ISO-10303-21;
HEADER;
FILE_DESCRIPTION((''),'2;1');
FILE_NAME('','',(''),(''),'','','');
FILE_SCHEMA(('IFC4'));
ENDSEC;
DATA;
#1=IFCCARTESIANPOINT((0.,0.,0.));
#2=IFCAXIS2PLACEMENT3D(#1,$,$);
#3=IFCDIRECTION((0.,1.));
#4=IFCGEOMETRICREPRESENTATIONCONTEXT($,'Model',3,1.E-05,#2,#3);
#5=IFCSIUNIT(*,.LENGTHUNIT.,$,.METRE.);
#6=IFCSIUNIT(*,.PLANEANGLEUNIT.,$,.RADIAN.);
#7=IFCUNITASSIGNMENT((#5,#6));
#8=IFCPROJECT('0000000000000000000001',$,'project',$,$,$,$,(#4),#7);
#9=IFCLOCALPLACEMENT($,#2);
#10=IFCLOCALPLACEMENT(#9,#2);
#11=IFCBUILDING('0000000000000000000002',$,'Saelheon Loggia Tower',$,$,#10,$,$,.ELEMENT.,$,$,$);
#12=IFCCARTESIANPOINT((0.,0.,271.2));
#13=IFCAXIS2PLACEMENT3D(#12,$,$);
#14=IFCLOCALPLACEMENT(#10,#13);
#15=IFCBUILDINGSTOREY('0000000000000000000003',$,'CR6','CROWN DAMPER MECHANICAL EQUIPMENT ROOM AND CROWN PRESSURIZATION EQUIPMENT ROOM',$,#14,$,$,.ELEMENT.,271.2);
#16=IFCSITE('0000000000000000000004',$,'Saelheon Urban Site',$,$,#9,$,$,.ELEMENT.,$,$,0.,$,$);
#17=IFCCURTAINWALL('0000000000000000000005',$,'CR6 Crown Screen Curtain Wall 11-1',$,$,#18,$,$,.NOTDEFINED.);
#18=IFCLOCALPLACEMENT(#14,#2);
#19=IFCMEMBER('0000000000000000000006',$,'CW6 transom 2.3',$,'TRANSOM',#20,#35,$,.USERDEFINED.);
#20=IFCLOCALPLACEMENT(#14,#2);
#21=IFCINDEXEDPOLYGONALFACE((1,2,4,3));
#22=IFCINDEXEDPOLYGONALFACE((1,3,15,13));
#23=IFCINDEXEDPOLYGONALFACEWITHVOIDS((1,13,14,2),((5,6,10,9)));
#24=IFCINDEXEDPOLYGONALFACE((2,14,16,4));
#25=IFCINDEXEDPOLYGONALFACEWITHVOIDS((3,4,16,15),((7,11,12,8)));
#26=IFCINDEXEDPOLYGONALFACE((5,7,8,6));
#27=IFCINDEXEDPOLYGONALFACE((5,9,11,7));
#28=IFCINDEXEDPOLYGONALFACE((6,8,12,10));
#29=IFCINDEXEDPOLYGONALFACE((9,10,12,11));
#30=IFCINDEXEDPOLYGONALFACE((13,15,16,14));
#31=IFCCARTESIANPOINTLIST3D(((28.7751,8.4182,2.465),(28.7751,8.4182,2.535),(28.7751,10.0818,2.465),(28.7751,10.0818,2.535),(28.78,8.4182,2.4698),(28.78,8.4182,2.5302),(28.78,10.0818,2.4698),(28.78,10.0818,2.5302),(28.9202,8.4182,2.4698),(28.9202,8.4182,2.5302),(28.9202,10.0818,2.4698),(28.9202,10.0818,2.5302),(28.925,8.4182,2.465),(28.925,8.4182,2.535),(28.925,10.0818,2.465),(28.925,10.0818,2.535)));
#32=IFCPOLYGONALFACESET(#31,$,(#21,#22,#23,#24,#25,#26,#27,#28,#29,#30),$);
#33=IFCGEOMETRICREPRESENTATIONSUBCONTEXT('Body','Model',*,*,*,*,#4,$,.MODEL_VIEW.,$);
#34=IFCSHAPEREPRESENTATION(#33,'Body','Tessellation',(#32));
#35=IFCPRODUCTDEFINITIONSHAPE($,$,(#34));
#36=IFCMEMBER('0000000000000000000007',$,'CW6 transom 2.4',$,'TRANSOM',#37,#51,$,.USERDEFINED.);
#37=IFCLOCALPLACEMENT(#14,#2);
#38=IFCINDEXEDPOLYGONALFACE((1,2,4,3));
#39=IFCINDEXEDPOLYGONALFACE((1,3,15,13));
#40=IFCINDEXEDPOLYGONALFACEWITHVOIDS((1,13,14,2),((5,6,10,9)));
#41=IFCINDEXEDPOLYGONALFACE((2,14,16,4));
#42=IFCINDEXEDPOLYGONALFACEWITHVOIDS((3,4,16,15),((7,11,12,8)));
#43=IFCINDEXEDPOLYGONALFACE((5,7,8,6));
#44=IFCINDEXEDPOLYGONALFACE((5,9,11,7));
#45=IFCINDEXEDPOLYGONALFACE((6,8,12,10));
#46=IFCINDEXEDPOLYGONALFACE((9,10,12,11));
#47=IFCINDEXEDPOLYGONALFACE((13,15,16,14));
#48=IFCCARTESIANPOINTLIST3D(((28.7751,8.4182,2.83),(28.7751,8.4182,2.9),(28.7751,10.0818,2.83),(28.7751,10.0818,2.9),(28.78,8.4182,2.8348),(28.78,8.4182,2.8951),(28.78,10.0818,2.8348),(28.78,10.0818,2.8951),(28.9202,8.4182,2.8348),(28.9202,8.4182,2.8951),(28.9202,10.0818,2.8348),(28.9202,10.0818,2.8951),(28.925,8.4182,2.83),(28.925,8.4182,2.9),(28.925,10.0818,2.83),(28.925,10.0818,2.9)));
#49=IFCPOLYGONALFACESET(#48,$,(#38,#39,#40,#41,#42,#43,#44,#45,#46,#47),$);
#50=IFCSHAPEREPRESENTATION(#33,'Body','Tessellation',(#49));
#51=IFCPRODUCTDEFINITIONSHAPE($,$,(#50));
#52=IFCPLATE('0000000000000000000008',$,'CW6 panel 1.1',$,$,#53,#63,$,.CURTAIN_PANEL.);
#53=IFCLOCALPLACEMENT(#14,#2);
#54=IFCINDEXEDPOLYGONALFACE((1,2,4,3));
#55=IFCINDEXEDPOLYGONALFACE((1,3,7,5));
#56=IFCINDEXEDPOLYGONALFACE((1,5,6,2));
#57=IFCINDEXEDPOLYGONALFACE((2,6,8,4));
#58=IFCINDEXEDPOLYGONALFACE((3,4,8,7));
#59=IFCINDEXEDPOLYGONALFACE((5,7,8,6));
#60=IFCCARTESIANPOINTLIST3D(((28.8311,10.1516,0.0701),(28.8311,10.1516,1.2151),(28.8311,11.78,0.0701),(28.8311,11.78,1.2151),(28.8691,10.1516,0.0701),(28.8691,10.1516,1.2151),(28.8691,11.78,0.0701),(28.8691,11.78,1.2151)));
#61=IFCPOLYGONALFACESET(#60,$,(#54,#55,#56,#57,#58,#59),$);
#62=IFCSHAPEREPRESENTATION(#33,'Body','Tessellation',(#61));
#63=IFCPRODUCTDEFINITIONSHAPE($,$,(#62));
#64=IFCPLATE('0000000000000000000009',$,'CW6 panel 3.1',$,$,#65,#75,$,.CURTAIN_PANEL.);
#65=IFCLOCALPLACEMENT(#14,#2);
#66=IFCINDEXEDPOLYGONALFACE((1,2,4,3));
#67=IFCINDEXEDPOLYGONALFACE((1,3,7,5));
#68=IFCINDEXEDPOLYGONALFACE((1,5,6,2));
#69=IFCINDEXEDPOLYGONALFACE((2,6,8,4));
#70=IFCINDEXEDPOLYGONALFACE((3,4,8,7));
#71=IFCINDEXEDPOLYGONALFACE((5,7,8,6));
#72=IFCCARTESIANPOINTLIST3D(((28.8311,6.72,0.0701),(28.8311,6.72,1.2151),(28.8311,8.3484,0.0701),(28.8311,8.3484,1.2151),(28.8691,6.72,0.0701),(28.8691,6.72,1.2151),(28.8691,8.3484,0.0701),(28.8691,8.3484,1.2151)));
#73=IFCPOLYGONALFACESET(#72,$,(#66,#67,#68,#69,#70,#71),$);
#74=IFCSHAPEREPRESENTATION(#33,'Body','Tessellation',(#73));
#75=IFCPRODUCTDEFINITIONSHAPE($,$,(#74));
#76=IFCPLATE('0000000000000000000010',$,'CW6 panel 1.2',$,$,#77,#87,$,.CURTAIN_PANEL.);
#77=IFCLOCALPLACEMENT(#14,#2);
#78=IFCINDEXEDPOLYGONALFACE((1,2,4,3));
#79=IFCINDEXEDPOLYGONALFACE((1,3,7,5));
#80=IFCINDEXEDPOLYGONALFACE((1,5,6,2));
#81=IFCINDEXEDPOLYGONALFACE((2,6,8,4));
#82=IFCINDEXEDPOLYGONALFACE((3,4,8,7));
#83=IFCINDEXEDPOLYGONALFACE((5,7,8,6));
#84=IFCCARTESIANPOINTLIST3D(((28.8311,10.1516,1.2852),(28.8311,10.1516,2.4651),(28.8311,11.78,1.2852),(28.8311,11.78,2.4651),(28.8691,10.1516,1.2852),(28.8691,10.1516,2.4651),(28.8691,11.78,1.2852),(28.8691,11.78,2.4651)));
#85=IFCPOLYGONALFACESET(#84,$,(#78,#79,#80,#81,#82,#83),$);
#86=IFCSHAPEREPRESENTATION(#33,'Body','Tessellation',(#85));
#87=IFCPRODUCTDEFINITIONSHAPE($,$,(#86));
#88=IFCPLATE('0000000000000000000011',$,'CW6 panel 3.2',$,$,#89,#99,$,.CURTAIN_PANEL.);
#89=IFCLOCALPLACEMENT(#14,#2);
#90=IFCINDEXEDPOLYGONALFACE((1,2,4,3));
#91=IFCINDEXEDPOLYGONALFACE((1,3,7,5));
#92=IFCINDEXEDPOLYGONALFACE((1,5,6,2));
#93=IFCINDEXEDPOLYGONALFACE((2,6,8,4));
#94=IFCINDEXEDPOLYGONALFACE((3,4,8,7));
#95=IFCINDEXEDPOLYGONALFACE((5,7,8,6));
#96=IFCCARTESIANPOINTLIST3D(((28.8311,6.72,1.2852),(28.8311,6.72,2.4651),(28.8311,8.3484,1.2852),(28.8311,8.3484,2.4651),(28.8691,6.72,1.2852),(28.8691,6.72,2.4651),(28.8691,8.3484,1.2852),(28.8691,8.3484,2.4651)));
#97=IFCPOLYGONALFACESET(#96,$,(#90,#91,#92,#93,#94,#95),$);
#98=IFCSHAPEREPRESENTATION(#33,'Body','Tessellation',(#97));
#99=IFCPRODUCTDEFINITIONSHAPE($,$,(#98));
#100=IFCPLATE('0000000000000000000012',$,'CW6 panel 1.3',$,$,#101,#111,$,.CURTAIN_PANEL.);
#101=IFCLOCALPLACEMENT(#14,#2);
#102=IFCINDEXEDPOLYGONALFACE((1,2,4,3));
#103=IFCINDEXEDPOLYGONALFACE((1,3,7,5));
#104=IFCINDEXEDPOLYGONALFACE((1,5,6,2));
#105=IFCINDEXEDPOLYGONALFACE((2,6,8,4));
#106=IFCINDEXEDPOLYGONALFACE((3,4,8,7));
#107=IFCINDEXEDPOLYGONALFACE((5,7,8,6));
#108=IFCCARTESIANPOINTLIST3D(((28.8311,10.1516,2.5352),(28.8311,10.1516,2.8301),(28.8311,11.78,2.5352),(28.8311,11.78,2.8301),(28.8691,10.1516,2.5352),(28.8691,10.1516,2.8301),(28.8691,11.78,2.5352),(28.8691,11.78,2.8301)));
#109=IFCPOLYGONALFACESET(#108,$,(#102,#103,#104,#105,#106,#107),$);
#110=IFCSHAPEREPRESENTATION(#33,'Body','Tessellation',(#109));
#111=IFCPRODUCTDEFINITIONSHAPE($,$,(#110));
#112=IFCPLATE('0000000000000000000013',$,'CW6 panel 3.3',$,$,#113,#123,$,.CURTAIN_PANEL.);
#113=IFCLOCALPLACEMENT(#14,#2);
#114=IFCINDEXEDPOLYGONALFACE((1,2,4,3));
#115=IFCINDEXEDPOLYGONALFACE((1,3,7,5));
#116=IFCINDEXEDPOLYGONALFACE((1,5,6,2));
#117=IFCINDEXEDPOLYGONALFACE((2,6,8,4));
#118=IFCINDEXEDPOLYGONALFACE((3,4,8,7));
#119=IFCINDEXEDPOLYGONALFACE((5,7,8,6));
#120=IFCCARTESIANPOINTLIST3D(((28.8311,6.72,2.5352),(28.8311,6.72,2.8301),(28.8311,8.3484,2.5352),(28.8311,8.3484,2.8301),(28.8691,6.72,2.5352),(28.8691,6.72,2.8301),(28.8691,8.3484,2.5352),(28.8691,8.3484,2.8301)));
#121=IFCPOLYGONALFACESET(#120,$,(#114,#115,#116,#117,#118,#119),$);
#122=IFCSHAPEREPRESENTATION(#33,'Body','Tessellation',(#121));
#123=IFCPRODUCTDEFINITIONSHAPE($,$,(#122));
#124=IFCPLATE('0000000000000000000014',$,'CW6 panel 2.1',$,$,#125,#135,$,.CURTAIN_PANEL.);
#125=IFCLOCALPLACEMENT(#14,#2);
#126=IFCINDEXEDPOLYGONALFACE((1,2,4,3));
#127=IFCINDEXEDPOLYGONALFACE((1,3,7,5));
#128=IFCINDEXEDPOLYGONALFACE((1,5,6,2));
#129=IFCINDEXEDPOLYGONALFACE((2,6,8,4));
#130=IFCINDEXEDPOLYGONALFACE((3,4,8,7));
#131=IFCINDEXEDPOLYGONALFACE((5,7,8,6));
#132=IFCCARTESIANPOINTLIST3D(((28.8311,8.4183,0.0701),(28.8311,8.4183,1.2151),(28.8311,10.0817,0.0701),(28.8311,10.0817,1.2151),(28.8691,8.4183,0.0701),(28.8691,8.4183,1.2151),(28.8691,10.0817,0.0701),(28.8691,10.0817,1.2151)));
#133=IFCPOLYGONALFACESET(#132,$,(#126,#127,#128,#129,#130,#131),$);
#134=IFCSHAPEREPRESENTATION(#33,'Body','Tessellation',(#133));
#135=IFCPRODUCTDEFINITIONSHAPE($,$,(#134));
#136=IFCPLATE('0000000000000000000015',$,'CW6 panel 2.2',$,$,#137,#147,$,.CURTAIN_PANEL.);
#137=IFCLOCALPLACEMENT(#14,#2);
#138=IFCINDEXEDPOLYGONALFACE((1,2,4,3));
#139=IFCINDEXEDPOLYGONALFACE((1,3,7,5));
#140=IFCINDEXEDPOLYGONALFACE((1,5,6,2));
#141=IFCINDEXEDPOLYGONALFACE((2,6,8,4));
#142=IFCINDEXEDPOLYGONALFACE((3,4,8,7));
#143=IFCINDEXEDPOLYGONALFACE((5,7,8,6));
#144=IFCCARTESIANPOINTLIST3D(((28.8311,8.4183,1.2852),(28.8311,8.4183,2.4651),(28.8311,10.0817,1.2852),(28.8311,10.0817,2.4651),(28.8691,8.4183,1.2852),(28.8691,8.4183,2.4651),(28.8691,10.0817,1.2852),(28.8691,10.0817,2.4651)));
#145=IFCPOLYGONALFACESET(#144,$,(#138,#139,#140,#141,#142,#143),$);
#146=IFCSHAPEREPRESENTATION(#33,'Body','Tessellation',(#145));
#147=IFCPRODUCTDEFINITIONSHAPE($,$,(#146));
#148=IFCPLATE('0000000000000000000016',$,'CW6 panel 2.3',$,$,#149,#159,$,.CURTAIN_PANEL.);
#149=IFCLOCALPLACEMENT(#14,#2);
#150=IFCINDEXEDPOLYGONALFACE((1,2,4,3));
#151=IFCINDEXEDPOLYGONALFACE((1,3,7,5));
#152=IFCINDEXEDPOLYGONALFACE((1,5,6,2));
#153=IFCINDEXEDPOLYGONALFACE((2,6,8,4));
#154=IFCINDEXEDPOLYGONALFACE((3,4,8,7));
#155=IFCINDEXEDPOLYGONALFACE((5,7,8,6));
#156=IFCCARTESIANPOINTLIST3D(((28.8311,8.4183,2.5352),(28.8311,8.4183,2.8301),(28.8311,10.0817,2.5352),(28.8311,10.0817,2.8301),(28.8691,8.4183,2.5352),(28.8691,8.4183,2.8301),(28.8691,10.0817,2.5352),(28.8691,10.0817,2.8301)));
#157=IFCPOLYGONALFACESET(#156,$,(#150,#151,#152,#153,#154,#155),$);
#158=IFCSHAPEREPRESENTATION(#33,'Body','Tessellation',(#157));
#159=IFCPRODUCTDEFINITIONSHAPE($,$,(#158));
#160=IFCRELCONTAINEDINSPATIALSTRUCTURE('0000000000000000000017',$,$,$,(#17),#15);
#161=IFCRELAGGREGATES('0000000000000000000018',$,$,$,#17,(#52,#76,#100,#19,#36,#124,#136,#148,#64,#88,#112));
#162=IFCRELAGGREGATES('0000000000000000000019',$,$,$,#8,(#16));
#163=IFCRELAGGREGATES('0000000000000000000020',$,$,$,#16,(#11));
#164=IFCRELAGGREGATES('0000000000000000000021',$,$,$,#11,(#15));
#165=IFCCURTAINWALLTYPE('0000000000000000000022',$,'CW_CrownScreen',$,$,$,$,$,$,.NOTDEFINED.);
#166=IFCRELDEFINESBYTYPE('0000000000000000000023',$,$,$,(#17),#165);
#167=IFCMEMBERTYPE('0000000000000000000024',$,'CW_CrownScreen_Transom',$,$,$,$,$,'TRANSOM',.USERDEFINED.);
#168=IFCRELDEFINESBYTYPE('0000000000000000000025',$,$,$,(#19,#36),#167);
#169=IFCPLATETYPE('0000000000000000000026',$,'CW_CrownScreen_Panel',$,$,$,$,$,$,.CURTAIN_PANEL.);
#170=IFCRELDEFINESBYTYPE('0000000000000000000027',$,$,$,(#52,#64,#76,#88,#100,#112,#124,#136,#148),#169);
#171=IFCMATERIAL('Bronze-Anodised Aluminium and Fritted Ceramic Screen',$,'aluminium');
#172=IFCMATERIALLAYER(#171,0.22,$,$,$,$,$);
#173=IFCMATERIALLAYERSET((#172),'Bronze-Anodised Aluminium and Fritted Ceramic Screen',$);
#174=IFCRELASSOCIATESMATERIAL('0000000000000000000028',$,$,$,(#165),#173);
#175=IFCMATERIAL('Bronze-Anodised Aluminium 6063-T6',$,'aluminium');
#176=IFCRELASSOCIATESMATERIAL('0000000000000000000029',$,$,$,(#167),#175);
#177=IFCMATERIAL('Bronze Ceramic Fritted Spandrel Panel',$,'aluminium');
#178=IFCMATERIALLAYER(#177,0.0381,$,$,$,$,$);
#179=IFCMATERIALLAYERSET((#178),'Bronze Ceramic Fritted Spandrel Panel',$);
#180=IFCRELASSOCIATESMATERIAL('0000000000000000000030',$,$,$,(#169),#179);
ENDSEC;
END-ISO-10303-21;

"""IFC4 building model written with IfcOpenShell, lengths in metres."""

from ifc_helpers import new_model, si_unit, direction, frame, origin, origin_2d, place, context, subcontext, project, spatial, rectangle, hollow_rectangle, extrude, source, transform, mapped, material, layer, layer_set, material_profile, profile_set, type_object, element, aggregate, save


model = new_model("IFC4")

# Units and contexts
model_context = context("Model", 3, precision=1e-05, world=origin(), true_north=direction((0.0, 1.0)))
body_context = subcontext(model_context, "Body", "Model", "MODEL_VIEW")
ifc_project = project(units=[si_unit("LENGTHUNIT", "METRE"), si_unit("PLANEANGLEUNIT", "RADIAN")], contexts=[model_context])

# Site, building, storey
site_placement = place(None, origin())
site = spatial("IfcSite", under=ifc_project, at=site_placement, Name="Saelheon Urban Site", CompositionType="ELEMENT", RefElevation=0.0)
building_placement = place(site_placement, origin())
building = spatial("IfcBuilding", under=site, at=building_placement, Name="Saelheon Loggia Tower", CompositionType="ELEMENT")
storey_placement = place(building_placement, frame((0.0, 0.0, 271.2)))
storey = spatial("IfcBuildingStorey", under=building, at=storey_placement, Name="CR6", Description="CROWN DAMPER MECHANICAL EQUIPMENT ROOM AND CROWN PRESSURIZATION EQUIPMENT ROOM", CompositionType="ELEMENT", Elevation=271.2)

# Curtain wall, members, plates
ifc_material_1 = material(Name="Bronze-Anodised Aluminium and Fritted Ceramic Screen", Category="aluminium")
ifc_layer_1 = layer(ifc_material_1, 0.22)
ifc_layer_set_1 = layer_set([ifc_layer_1], Name="Bronze-Anodised Aluminium and Fritted Ceramic Screen")
curtain_wall_type = type_object("IfcCurtainWallType", Name="CW_CrownScreen", PredefinedType="NOTDEFINED", material=ifc_layer_set_1)
curtain_wall_placement = place(storey_placement, origin())
curtain_wall = element("IfcCurtainWall", 1, at=curtain_wall_placement, inside=storey, type_object=curtain_wall_type, Name="CR6 Crown Screen Curtain Wall 11-1", PredefinedType="NOTDEFINED")
ifc_material_2 = material(Name="Bronze-Anodised Aluminium 6063-T6", Category="aluminium")
ifc_material_profile_1 = material_profile(ifc_material_2, hollow_rectangle(XDim=0.0701, YDim=0.1499, WallThickness=0.0049, at=origin_2d()), Name="RHS-150x70x5")
ifc_profile_set_1 = profile_set([ifc_material_profile_1], Name="Bronze-Anodised Aluminium 6063-T6")
member_type_1 = type_object("IfcMemberType", Name="CW_CrownScreen_Transom", ElementType="TRANSOM", PredefinedType="USERDEFINED", material=ifc_profile_set_1)
shared_shape_1 = source(origin(), body_context, "Body", "SweptSolid", [
    extrude(hollow_rectangle(XDim=0.0701, YDim=0.1499, WallThickness=0.0049, at=origin_2d()), origin(), (0.0, 0.0, 1.0), 1.6636),
])
member_1_placement = place(storey_placement, frame((28.8501, 10.0818, 2.5), z_axis=(0.0, -1.0, 0.0), x_axis=(0.0, 0.0, 1.0)))
member_1 = element("IfcMember", 2, at=member_1_placement, type_object=member_type_1, Name="CW6 transom 2.3", ObjectType="TRANSOM", PredefinedType="USERDEFINED", context=body_context, shape_type="MappedRepresentation", body=[
    mapped(shared_shape_1, transform((0.0, 0.0, 0.0), scale=1.0)),
])
member_2_placement = place(storey_placement, frame((28.8501, 10.0818, 2.865), z_axis=(0.0, -1.0, 0.0), x_axis=(0.0, 0.0, 1.0)))
member_2 = element("IfcMember", 3, at=member_2_placement, type_object=member_type_1, Name="CW6 transom 2.4", ObjectType="TRANSOM", PredefinedType="USERDEFINED", context=body_context, shape_type="MappedRepresentation", body=[
    mapped(shared_shape_1, transform((0.0, 0.0, 0.0), scale=1.0)),
])
ifc_material_3 = material(Name="Bronze Ceramic Fritted Spandrel Panel", Category="aluminium")
ifc_layer_2 = layer(ifc_material_3, 0.0381)
ifc_layer_set_2 = layer_set([ifc_layer_2], Name="Bronze Ceramic Fritted Spandrel Panel")
plate_type = type_object("IfcPlateType", Name="CW_CrownScreen_Panel", PredefinedType="CURTAIN_PANEL", material=ifc_layer_set_2)
shared_shape_2 = source(origin(), body_context, "Body", "SweptSolid", [
    extrude(rectangle(XDim=1.6284, YDim=0.0381, at=origin_2d()), origin(), (0.0, 0.0, 1.0), 1.145),
])
plate_1_placement = place(storey_placement, frame((28.8501, 10.9658, 0.0701), z_axis=(0.0, 0.0, 1.0), x_axis=(0.0, -1.0, 0.0)))
plate_1 = element("IfcPlate", 4, at=plate_1_placement, type_object=plate_type, Name="CW6 panel 1.1", PredefinedType="CURTAIN_PANEL", context=body_context, shape_type="MappedRepresentation", body=[
    mapped(shared_shape_2, transform((0.0, 0.0, 0.0), scale=1.0)),
])
plate_2_placement = place(storey_placement, frame((28.8501, 7.5342, 0.0701), z_axis=(0.0, 0.0, 1.0), x_axis=(0.0, -1.0, 0.0)))
plate_2 = element("IfcPlate", 5, at=plate_2_placement, type_object=plate_type, Name="CW6 panel 3.1", PredefinedType="CURTAIN_PANEL", context=body_context, shape_type="MappedRepresentation", body=[
    mapped(shared_shape_2, transform((0.0, 0.0, 0.0), scale=1.0)),
])
shared_shape_3 = source(origin(), body_context, "Body", "SweptSolid", [
    extrude(rectangle(XDim=1.6284, YDim=0.0381, at=origin_2d()), origin(), (0.0, 0.0, 1.0), 1.1799),
])
plate_3_placement = place(storey_placement, frame((28.8501, 10.9658, 1.2852), z_axis=(0.0, 0.0, 1.0), x_axis=(0.0, -1.0, 0.0)))
plate_3 = element("IfcPlate", 6, at=plate_3_placement, type_object=plate_type, Name="CW6 panel 1.2", PredefinedType="CURTAIN_PANEL", context=body_context, shape_type="MappedRepresentation", body=[
    mapped(shared_shape_3, transform((0.0, 0.0, 0.0), scale=1.0)),
])
plate_4_placement = place(storey_placement, frame((28.8501, 7.5342, 1.2852), z_axis=(0.0, 0.0, 1.0), x_axis=(0.0, -1.0, 0.0)))
plate_4 = element("IfcPlate", 7, at=plate_4_placement, type_object=plate_type, Name="CW6 panel 3.2", PredefinedType="CURTAIN_PANEL", context=body_context, shape_type="MappedRepresentation", body=[
    mapped(shared_shape_3, transform((0.0, 0.0, 0.0), scale=1.0)),
])
shared_shape_4 = source(origin(), body_context, "Body", "SweptSolid", [
    extrude(rectangle(XDim=1.6284, YDim=0.0381, at=origin_2d()), origin(), (0.0, 0.0, 1.0), 0.2949),
])
plate_5_placement = place(storey_placement, frame((28.8501, 10.9658, 2.5352), z_axis=(0.0, 0.0, 1.0), x_axis=(0.0, -1.0, 0.0)))
plate_5 = element("IfcPlate", 8, at=plate_5_placement, type_object=plate_type, Name="CW6 panel 1.3", PredefinedType="CURTAIN_PANEL", context=body_context, shape_type="MappedRepresentation", body=[
    mapped(shared_shape_4, transform((0.0, 0.0, 0.0), scale=1.0)),
])
plate_6_placement = place(storey_placement, frame((28.8501, 7.5342, 2.5352), z_axis=(0.0, 0.0, 1.0), x_axis=(0.0, -1.0, 0.0)))
plate_6 = element("IfcPlate", 9, at=plate_6_placement, type_object=plate_type, Name="CW6 panel 3.3", PredefinedType="CURTAIN_PANEL", context=body_context, shape_type="MappedRepresentation", body=[
    mapped(shared_shape_4, transform((0.0, 0.0, 0.0), scale=1.0)),
])
shared_shape_5 = source(origin(), body_context, "Body", "SweptSolid", [
    extrude(rectangle(XDim=1.6633, YDim=0.0381, at=origin_2d()), origin(), (0.0, 0.0, 1.0), 1.145),
])
plate_7_placement = place(storey_placement, frame((28.8501, 9.25, 0.0701), z_axis=(0.0, 0.0, 1.0), x_axis=(0.0, -1.0, 0.0)))
plate_7 = element("IfcPlate", 10, at=plate_7_placement, type_object=plate_type, Name="CW6 panel 2.1", PredefinedType="CURTAIN_PANEL", context=body_context, shape_type="MappedRepresentation", body=[
    mapped(shared_shape_5, transform((0.0, 0.0, 0.0), scale=1.0)),
])
shared_shape_6 = source(origin(), body_context, "Body", "SweptSolid", [
    extrude(rectangle(XDim=1.6633, YDim=0.0381, at=origin_2d()), origin(), (0.0, 0.0, 1.0), 1.1799),
])
plate_8_placement = place(storey_placement, frame((28.8501, 9.25, 1.2852), z_axis=(0.0, 0.0, 1.0), x_axis=(0.0, -1.0, 0.0)))
plate_8 = element("IfcPlate", 11, at=plate_8_placement, type_object=plate_type, Name="CW6 panel 2.2", PredefinedType="CURTAIN_PANEL", context=body_context, shape_type="MappedRepresentation", body=[
    mapped(shared_shape_6, transform((0.0, 0.0, 0.0), scale=1.0)),
])
shared_shape_7 = source(origin(), body_context, "Body", "SweptSolid", [
    extrude(rectangle(XDim=1.6633, YDim=0.0381, at=origin_2d()), origin(), (0.0, 0.0, 1.0), 0.2949),
])
plate_9_placement = place(storey_placement, frame((28.8501, 9.25, 2.5352), z_axis=(0.0, 0.0, 1.0), x_axis=(0.0, -1.0, 0.0)))
plate_9 = element("IfcPlate", 12, at=plate_9_placement, type_object=plate_type, Name="CW6 panel 2.3", PredefinedType="CURTAIN_PANEL", context=body_context, shape_type="MappedRepresentation", body=[
    mapped(shared_shape_7, transform((0.0, 0.0, 0.0), scale=1.0)),
])
aggregate(curtain_wall, [plate_1, plate_3, plate_5, member_1, member_2, plate_7, plate_8, plate_9, plate_2, plate_4, plate_6])

save(model, "model.ifc")
